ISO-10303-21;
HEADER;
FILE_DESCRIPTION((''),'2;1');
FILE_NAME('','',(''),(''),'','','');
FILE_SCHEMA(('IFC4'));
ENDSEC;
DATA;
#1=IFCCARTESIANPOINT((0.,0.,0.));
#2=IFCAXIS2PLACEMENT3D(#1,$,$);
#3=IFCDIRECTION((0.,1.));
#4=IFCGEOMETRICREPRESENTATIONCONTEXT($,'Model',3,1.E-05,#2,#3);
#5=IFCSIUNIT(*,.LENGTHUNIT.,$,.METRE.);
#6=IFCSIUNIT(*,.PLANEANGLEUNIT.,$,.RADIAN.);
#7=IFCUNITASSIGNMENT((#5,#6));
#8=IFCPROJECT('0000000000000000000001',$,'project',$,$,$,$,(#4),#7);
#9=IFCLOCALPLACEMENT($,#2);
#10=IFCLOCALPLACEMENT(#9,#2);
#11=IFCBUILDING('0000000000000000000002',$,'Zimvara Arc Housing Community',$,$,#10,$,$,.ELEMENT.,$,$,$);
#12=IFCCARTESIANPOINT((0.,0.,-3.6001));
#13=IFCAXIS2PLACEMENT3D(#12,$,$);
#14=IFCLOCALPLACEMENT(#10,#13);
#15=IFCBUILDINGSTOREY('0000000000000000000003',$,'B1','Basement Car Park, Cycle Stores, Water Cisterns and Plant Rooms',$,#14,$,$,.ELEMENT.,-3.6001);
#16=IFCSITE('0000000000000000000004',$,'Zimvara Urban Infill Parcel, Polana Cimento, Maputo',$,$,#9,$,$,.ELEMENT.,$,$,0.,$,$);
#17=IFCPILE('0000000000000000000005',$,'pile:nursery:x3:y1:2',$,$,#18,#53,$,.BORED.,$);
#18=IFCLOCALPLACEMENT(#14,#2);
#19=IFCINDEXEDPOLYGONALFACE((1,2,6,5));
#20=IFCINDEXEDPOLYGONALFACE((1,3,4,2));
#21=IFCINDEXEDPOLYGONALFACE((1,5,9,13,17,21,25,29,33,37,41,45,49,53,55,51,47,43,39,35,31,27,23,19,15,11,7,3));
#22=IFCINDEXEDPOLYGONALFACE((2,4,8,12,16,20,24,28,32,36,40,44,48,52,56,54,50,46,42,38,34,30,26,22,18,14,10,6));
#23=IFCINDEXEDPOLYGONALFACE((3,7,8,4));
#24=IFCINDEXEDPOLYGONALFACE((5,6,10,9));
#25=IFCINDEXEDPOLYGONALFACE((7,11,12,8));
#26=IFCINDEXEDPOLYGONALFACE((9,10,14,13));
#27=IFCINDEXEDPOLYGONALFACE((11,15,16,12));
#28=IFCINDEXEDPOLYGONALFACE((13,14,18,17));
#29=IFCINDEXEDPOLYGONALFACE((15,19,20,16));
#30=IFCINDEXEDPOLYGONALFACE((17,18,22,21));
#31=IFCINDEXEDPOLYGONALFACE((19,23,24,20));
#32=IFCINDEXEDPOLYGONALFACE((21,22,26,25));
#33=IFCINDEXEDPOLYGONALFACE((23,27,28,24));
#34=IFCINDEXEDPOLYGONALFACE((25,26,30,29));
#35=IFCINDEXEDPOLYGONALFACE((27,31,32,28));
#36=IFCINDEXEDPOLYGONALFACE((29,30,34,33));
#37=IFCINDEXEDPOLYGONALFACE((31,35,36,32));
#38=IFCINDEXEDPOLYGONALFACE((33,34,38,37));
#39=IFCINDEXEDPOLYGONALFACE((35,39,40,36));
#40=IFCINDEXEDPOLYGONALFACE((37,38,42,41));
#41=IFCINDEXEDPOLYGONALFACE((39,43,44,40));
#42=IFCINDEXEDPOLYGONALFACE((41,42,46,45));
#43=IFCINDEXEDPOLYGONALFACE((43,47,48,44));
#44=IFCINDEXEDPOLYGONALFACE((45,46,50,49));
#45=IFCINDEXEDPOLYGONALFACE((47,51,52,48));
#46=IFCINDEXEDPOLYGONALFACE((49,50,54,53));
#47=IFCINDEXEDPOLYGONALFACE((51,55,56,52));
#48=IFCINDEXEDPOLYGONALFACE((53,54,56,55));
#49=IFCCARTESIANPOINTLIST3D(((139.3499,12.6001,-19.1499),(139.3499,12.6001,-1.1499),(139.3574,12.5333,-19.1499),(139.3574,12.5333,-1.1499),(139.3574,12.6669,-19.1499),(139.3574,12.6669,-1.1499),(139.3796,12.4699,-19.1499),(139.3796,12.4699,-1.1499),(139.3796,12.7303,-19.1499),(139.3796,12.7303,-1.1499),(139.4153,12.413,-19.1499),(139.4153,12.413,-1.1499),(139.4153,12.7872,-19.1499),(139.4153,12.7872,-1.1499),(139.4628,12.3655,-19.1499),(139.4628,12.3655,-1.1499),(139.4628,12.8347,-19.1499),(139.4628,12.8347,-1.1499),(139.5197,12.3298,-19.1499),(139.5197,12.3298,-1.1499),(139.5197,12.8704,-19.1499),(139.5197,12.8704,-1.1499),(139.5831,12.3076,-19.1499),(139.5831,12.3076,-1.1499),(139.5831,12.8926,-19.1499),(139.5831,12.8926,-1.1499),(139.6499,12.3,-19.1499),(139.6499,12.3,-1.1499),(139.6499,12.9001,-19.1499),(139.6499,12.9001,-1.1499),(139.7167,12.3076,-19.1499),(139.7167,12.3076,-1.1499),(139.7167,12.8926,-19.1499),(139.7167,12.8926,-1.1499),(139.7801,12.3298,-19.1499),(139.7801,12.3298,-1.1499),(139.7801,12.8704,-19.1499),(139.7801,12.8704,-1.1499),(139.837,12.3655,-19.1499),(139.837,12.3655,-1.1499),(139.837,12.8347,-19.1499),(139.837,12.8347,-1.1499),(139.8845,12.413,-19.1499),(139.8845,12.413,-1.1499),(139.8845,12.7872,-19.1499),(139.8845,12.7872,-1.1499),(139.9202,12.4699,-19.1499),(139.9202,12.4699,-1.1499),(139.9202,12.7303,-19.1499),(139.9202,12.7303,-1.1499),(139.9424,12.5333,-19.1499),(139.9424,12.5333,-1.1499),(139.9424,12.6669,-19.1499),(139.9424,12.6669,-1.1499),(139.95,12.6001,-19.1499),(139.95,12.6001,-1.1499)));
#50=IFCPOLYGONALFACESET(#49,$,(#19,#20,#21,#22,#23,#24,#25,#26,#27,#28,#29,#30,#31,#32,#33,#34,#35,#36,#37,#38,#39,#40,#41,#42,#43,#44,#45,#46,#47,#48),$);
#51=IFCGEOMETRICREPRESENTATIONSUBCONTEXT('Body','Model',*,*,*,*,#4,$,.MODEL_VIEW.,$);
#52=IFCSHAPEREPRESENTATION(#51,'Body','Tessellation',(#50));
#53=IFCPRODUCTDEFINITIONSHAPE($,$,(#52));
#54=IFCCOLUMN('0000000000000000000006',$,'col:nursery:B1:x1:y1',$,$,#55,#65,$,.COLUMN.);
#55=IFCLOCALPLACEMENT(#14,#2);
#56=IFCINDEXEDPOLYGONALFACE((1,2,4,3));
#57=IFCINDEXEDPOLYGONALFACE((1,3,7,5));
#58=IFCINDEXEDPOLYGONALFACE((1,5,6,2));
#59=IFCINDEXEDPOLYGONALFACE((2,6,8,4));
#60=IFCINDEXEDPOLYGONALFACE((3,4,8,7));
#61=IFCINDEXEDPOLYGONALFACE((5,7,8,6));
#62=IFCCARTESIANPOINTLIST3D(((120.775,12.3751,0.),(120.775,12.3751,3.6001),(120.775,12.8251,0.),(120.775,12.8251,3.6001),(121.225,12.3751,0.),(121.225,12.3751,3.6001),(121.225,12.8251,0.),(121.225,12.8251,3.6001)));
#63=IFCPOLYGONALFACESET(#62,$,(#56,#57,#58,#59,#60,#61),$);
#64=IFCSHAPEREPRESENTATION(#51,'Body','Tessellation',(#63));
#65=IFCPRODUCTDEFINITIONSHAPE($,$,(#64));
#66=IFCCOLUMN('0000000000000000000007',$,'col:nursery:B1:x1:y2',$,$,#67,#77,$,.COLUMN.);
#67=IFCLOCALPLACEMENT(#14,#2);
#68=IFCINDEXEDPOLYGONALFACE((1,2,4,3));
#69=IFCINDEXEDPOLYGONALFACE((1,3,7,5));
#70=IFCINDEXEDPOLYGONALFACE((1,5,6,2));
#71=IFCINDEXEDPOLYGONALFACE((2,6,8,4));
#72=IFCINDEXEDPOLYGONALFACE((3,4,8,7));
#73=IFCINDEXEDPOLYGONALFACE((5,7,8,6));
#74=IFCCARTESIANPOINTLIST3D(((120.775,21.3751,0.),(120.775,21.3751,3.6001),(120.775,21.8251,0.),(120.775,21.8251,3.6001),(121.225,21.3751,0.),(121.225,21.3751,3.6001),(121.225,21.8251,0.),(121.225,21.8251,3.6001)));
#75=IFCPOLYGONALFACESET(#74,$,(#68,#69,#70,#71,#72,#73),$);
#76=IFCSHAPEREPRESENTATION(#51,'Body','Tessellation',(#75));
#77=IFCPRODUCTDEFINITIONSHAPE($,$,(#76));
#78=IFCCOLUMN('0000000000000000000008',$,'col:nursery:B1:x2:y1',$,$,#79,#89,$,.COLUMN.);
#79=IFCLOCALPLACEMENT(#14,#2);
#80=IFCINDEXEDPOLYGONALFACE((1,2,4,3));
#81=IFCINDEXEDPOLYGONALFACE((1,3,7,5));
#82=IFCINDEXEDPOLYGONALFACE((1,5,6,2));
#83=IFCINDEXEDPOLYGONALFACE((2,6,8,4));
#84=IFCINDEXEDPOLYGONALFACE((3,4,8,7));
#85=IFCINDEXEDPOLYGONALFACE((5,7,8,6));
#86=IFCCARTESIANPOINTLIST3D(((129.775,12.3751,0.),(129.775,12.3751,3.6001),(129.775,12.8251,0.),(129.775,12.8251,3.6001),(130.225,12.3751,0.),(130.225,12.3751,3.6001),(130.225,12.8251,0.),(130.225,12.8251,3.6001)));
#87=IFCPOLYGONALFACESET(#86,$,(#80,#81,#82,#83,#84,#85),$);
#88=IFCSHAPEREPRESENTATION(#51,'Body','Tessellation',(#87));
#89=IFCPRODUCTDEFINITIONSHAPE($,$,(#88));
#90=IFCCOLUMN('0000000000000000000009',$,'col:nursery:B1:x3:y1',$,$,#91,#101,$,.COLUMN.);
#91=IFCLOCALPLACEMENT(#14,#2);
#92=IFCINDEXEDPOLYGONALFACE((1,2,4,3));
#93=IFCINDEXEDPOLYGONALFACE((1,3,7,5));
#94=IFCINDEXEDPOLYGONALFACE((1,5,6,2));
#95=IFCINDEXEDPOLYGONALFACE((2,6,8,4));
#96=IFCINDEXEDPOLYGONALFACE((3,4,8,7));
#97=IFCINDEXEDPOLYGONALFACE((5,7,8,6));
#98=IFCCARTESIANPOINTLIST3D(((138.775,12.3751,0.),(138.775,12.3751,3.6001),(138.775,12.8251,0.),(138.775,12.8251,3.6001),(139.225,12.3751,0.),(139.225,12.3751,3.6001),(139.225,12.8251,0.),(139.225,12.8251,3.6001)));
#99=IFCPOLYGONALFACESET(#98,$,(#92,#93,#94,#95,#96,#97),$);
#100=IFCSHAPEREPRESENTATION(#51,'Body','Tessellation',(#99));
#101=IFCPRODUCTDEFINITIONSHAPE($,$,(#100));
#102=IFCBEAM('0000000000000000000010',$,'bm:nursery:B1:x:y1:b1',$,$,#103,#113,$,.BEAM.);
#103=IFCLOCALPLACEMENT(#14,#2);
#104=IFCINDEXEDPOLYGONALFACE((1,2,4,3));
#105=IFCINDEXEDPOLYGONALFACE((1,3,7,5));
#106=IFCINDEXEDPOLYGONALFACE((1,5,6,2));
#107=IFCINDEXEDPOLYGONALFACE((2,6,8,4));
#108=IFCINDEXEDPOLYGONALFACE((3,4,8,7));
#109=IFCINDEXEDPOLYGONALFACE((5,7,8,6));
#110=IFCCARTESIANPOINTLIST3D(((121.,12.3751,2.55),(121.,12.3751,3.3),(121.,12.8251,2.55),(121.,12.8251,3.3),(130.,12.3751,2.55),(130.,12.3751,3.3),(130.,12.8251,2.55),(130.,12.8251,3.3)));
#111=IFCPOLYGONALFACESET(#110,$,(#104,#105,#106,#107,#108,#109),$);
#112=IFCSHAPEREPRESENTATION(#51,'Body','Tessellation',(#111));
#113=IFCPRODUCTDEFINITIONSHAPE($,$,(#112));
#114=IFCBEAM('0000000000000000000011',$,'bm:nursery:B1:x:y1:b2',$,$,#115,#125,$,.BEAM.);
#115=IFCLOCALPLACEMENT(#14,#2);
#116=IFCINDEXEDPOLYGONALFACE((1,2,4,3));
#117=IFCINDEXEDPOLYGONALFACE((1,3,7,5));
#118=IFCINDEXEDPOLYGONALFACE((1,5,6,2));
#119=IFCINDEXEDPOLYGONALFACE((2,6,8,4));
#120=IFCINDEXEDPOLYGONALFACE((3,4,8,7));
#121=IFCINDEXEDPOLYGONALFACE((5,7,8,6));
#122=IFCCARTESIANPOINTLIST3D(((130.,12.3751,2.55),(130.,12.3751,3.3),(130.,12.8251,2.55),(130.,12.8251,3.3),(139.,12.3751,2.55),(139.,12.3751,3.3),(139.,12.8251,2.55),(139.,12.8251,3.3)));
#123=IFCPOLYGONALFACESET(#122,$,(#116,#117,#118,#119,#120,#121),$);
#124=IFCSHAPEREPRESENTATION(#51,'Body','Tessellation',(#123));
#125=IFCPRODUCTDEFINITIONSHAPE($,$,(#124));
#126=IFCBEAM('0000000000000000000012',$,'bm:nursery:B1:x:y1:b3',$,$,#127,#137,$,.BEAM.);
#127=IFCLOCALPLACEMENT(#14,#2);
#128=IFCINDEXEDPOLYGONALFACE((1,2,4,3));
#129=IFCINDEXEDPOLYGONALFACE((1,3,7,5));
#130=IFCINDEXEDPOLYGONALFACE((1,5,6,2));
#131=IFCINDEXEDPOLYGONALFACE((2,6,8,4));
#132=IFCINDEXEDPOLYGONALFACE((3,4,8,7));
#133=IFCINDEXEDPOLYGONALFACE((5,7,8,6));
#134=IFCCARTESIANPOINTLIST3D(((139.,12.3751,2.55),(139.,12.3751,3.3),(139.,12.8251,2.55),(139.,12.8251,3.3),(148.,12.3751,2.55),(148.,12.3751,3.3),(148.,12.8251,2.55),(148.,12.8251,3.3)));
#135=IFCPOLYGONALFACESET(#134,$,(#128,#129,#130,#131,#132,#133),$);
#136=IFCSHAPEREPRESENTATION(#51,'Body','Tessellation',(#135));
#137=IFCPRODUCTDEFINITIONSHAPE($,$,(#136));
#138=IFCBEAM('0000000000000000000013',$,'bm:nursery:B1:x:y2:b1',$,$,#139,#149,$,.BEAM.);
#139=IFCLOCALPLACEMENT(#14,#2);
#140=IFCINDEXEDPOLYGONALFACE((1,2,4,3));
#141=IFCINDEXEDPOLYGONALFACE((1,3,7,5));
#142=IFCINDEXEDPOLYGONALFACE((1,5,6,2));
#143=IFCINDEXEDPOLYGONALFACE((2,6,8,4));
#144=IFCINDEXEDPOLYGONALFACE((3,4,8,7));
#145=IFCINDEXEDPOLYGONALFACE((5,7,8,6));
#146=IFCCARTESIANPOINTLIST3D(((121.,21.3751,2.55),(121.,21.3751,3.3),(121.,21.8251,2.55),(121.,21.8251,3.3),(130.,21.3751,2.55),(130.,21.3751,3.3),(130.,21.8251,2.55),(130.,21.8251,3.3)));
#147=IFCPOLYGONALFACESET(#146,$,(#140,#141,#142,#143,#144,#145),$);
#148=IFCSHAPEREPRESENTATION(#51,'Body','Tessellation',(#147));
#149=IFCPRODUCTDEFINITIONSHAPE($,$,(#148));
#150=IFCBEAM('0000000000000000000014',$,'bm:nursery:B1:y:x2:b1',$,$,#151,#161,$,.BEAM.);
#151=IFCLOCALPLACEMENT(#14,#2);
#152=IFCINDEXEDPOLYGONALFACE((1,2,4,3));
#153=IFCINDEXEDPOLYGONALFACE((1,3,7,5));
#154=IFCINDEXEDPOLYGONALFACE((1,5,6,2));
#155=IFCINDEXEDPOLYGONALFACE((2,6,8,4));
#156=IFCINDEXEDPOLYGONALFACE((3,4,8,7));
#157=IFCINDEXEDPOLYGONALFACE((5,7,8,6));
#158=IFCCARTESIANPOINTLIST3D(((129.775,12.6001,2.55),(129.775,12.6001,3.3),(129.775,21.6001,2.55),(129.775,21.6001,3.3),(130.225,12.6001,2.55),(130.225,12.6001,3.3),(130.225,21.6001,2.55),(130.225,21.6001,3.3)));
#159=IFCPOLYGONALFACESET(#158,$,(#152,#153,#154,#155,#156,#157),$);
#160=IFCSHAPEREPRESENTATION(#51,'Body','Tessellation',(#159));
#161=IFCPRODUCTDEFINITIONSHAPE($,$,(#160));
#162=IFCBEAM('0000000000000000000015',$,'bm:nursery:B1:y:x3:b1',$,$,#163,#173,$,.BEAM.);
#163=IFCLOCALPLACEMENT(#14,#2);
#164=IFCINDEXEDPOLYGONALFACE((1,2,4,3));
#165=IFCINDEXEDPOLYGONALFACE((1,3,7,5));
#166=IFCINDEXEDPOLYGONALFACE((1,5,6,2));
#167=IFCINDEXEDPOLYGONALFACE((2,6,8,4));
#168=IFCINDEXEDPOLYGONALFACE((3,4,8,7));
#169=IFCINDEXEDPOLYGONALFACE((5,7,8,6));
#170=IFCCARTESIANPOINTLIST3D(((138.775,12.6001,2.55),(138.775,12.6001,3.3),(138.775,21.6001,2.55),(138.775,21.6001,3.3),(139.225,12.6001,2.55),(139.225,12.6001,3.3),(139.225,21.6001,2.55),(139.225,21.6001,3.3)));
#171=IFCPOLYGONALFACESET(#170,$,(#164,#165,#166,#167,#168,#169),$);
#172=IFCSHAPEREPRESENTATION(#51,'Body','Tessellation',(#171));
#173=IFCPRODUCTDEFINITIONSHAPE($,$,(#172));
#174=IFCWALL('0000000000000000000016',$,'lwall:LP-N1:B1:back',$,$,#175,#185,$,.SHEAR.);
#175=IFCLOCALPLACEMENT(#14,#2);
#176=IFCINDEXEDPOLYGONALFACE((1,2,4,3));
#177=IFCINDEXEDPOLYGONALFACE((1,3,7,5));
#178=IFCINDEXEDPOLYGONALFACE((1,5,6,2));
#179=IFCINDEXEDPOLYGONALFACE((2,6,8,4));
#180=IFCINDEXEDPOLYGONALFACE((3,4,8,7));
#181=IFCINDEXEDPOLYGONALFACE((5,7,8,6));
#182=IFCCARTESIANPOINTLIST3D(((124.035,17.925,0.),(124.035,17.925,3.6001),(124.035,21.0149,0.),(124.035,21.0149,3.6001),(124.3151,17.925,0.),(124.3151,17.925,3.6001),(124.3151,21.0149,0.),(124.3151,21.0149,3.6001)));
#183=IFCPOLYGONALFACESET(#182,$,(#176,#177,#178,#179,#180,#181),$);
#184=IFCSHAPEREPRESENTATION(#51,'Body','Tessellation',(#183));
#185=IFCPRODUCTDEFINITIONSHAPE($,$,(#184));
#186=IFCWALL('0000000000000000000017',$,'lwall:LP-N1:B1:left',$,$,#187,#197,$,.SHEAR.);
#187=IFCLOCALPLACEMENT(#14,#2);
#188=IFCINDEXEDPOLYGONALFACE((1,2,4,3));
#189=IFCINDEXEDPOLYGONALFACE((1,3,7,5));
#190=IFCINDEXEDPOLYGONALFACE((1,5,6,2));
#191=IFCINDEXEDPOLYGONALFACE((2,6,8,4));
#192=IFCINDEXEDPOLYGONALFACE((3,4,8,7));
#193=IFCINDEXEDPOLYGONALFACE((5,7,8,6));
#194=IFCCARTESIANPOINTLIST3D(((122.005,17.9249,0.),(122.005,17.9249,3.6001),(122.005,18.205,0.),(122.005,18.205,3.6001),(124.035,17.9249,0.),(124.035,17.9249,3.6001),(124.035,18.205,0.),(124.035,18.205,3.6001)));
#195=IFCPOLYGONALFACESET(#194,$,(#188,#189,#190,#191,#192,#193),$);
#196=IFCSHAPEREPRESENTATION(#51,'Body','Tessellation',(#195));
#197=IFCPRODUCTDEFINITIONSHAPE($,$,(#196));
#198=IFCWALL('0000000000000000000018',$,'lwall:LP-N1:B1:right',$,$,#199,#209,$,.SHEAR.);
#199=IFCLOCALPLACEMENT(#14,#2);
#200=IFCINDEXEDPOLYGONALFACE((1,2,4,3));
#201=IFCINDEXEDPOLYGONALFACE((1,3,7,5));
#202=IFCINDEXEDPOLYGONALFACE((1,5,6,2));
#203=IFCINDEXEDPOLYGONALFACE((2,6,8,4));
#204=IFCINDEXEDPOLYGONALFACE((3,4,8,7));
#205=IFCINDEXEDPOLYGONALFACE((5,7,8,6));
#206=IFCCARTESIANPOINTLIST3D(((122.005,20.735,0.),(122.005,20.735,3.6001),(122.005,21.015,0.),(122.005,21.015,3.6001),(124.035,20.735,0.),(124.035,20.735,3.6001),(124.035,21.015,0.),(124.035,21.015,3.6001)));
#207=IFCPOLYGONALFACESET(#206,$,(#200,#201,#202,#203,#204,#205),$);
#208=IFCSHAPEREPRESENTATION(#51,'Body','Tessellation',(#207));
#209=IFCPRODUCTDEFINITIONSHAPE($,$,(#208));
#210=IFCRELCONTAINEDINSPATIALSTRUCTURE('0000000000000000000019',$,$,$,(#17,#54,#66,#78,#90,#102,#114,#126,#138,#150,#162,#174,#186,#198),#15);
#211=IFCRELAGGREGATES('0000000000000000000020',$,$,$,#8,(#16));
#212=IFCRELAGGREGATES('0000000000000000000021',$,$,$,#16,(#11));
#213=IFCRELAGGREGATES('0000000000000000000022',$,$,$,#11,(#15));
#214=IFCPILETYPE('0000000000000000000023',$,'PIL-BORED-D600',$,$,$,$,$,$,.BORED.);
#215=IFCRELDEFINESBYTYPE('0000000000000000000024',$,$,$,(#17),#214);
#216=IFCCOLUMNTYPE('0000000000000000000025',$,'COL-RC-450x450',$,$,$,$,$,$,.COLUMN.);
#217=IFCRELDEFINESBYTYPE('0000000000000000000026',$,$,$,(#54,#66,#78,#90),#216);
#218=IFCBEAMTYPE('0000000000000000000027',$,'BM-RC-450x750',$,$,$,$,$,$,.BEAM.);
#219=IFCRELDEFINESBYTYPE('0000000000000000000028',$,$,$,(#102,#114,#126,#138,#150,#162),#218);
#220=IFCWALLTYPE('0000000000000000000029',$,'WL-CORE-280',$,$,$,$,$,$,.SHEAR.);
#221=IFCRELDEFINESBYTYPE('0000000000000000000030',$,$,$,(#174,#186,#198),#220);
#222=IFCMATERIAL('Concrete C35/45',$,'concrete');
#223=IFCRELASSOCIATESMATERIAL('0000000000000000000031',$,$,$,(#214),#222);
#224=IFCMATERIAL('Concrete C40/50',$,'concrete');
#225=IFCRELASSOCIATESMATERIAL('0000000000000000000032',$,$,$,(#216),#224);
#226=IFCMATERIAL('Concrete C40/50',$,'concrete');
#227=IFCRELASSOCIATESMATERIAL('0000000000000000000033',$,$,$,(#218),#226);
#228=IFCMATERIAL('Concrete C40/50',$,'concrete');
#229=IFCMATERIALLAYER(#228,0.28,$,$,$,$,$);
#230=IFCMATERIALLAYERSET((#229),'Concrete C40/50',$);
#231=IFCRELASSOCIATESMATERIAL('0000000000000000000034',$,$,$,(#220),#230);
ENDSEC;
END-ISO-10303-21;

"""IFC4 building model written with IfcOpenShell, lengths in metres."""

from ifc_helpers import new_model, si_unit, direction, frame, frame_2d, origin, origin_2d, place, context, subcontext, project, spatial, rectangle, circle, extrude, material, layer, layer_set, material_profile, profile_set, type_object, element, save


model = new_model("IFC4")

# Units and contexts
model_context = context("Model", 3, precision=1e-05, world=origin(), true_north=direction((0.0, 1.0)))
body_context = subcontext(model_context, "Body", "Model", "MODEL_VIEW")
ifc_project = project(units=[si_unit("LENGTHUNIT", "METRE"), si_unit("PLANEANGLEUNIT", "RADIAN")], contexts=[model_context])

# Site, building, storey
site_placement = place(None, origin())
site = spatial("IfcSite", under=ifc_project, at=site_placement, Name="Zimvara Urban Infill Parcel, Polana Cimento, Maputo", CompositionType="ELEMENT", RefElevation=0.0)
building_placement = place(site_placement, origin())
building = spatial("IfcBuilding", under=site, at=building_placement, Name="Zimvara Arc Housing Community", CompositionType="ELEMENT")
storey_placement = place(building_placement, frame((0.0, 0.0, -3.6001)))
storey = spatial("IfcBuildingStorey", under=building, at=storey_placement, Name="B1", Description="Basement Car Park, Cycle Stores, Water Cisterns and Plant Rooms", CompositionType="ELEMENT", Elevation=-3.6001)

# Pile
ifc_material_1 = material(Name="Concrete C35/45", Category="concrete")
ifc_material_profile_1 = material_profile(ifc_material_1, circle(Radius=0.3, at=origin_2d()), Name="PILE D600")
ifc_profile_set_1 = profile_set([ifc_material_profile_1], Name="Concrete C35/45")
pile_type = type_object("IfcPileType", Name="PIL-BORED-D600", PredefinedType="BORED", material=ifc_profile_set_1)
for number, where, z_axis, x_axis, name in (
    (1, (139.6499, 12.6001, -1.1499), (0.0, 0.0, -1.0), (1.0, 0.0, 0.0), "pile:nursery:x3:y1:2"),
):
    element("IfcPile", number, at=place(storey_placement, frame(where, z_axis=z_axis, x_axis=x_axis)), inside=storey, type_object=pile_type, Name=name, PredefinedType="BORED", context=body_context, shape_type="SweptSolid", body=[
        extrude(circle(Radius=0.3, at=origin_2d()), origin(), (0.0, 0.0, 1.0), 18.0),
    ])

# Columns
ifc_material_2 = material(Name="Concrete C40/50", Category="concrete")
ifc_material_profile_2 = material_profile(ifc_material_2, rectangle(XDim=0.45, YDim=0.45, at=origin_2d()), Name="RC 450x450")
ifc_profile_set_2 = profile_set([ifc_material_profile_2], Name="Concrete C40/50")
column_type = type_object("IfcColumnType", Name="COL-RC-450x450", PredefinedType="COLUMN", material=ifc_profile_set_2)
for number, where, z_axis, x_axis, name in (
    (2, (121.0, 12.6001, 0.0), (0.0, 0.0, 1.0), (1.0, 0.0, 0.0), "col:nursery:B1:x1:y1"),
    (3, (121.0, 21.6001, 0.0), (0.0, 0.0, 1.0), (1.0, 0.0, 0.0), "col:nursery:B1:x1:y2"),
    (4, (130.0, 12.6001, 0.0), (0.0, 0.0, 1.0), (1.0, 0.0, 0.0), "col:nursery:B1:x2:y1"),
    (5, (139.0, 12.6001, 0.0), (0.0, 0.0, 1.0), (1.0, 0.0, 0.0), "col:nursery:B1:x3:y1"),
):
    element("IfcColumn", number, at=place(storey_placement, frame(where, z_axis=z_axis, x_axis=x_axis)), inside=storey, type_object=column_type, Name=name, PredefinedType="COLUMN", context=body_context, shape_type="SweptSolid", body=[
        extrude(rectangle(XDim=0.45, YDim=0.45, at=origin_2d()), origin(), (0.0, 0.0, 1.0), 3.6001),
    ])

# Beams
ifc_material_3 = material(Name="Concrete C40/50", Category="concrete")
ifc_material_profile_3 = material_profile(ifc_material_3, rectangle(XDim=0.45, YDim=0.75, at=origin_2d()), Name="RC 450x750")
ifc_profile_set_3 = profile_set([ifc_material_profile_3], Name="Concrete C40/50")
beam_type = type_object("IfcBeamType", Name="BM-RC-450x750", PredefinedType="BEAM", material=ifc_profile_set_3)
for number, where, z_axis, x_axis, name in (
    (6, (121.0, 12.6001, 2.925), (1.0, 0.0, 0.0), (0.0, 1.0, 0.0), "bm:nursery:B1:x:y1:b1"),
    (7, (130.0, 12.6001, 2.925), (1.0, 0.0, 0.0), (0.0, 1.0, 0.0), "bm:nursery:B1:x:y1:b2"),
    (8, (139.0, 12.6001, 2.925), (1.0, 0.0, 0.0), (0.0, 1.0, 0.0), "bm:nursery:B1:x:y1:b3"),
    (9, (121.0, 21.6001, 2.925), (1.0, 0.0, 0.0), (0.0, 1.0, 0.0), "bm:nursery:B1:x:y2:b1"),
    (10, (130.0, 12.6001, 2.925), (0.0, 1.0, 0.0), (-1.0, 0.0, 0.0), "bm:nursery:B1:y:x2:b1"),
    (11, (139.0, 12.6001, 2.925), (0.0, 1.0, 0.0), (-1.0, 0.0, 0.0), "bm:nursery:B1:y:x3:b1"),
):
    element("IfcBeam", number, at=place(storey_placement, frame(where, z_axis=z_axis, x_axis=x_axis)), inside=storey, type_object=beam_type, Name=name, PredefinedType="BEAM", context=body_context, shape_type="SweptSolid", body=[
        extrude(rectangle(XDim=0.45, YDim=0.75, at=origin_2d()), origin(), (0.0, 0.0, 1.0), 9.0),
    ])

# Shared definitions
ifc_material_4 = material(Name="Concrete C40/50", Category="concrete")
ifc_layer_1 = layer(ifc_material_4, 0.28)
ifc_layer_set_1 = layer_set([ifc_layer_1], Name="Concrete C40/50")
wall_type_1 = type_object("IfcWallType", Name="WL-CORE-280", PredefinedType="SHEAR", material=ifc_layer_set_1)

# Walls
wall_1_placement = place(storey_placement, frame((124.175, 17.925, 0.0), z_axis=(0.0, 0.0, 1.0), x_axis=(0.0, 1.0, 0.0)))
element("IfcWall", 12, at=wall_1_placement, inside=storey, type_object=wall_type_1, Name="lwall:LP-N1:B1:back", PredefinedType="SHEAR", context=body_context, shape_type="SweptSolid", body=[
    extrude(rectangle(XDim=3.0898, YDim=0.28, at=frame_2d((1.5449, 0.0))), origin(), (0.0, 0.0, 1.0), 3.6001),
])
for number, where, z_axis, x_axis, name in (
    (13, (122.0049, 18.0649, 0.0), (0.0, 0.0, 1.0), (1.0, 0.0, 0.0), "lwall:LP-N1:B1:left"),
    (14, (122.0049, 20.875, 0.0), (0.0, 0.0, 1.0), (1.0, 0.0, 0.0), "lwall:LP-N1:B1:right"),
):
    element("IfcWall", number, at=place(storey_placement, frame(where, z_axis=z_axis, x_axis=x_axis)), inside=storey, type_object=wall_type_1, Name=name, PredefinedType="SHEAR", context=body_context, shape_type="SweptSolid", body=[
        extrude(rectangle(XDim=2.03, YDim=0.28, at=frame_2d((1.0151, 0.0))), origin(), (0.0, 0.0, 1.0), 3.6001),
    ])

save(model, "model.ifc")
